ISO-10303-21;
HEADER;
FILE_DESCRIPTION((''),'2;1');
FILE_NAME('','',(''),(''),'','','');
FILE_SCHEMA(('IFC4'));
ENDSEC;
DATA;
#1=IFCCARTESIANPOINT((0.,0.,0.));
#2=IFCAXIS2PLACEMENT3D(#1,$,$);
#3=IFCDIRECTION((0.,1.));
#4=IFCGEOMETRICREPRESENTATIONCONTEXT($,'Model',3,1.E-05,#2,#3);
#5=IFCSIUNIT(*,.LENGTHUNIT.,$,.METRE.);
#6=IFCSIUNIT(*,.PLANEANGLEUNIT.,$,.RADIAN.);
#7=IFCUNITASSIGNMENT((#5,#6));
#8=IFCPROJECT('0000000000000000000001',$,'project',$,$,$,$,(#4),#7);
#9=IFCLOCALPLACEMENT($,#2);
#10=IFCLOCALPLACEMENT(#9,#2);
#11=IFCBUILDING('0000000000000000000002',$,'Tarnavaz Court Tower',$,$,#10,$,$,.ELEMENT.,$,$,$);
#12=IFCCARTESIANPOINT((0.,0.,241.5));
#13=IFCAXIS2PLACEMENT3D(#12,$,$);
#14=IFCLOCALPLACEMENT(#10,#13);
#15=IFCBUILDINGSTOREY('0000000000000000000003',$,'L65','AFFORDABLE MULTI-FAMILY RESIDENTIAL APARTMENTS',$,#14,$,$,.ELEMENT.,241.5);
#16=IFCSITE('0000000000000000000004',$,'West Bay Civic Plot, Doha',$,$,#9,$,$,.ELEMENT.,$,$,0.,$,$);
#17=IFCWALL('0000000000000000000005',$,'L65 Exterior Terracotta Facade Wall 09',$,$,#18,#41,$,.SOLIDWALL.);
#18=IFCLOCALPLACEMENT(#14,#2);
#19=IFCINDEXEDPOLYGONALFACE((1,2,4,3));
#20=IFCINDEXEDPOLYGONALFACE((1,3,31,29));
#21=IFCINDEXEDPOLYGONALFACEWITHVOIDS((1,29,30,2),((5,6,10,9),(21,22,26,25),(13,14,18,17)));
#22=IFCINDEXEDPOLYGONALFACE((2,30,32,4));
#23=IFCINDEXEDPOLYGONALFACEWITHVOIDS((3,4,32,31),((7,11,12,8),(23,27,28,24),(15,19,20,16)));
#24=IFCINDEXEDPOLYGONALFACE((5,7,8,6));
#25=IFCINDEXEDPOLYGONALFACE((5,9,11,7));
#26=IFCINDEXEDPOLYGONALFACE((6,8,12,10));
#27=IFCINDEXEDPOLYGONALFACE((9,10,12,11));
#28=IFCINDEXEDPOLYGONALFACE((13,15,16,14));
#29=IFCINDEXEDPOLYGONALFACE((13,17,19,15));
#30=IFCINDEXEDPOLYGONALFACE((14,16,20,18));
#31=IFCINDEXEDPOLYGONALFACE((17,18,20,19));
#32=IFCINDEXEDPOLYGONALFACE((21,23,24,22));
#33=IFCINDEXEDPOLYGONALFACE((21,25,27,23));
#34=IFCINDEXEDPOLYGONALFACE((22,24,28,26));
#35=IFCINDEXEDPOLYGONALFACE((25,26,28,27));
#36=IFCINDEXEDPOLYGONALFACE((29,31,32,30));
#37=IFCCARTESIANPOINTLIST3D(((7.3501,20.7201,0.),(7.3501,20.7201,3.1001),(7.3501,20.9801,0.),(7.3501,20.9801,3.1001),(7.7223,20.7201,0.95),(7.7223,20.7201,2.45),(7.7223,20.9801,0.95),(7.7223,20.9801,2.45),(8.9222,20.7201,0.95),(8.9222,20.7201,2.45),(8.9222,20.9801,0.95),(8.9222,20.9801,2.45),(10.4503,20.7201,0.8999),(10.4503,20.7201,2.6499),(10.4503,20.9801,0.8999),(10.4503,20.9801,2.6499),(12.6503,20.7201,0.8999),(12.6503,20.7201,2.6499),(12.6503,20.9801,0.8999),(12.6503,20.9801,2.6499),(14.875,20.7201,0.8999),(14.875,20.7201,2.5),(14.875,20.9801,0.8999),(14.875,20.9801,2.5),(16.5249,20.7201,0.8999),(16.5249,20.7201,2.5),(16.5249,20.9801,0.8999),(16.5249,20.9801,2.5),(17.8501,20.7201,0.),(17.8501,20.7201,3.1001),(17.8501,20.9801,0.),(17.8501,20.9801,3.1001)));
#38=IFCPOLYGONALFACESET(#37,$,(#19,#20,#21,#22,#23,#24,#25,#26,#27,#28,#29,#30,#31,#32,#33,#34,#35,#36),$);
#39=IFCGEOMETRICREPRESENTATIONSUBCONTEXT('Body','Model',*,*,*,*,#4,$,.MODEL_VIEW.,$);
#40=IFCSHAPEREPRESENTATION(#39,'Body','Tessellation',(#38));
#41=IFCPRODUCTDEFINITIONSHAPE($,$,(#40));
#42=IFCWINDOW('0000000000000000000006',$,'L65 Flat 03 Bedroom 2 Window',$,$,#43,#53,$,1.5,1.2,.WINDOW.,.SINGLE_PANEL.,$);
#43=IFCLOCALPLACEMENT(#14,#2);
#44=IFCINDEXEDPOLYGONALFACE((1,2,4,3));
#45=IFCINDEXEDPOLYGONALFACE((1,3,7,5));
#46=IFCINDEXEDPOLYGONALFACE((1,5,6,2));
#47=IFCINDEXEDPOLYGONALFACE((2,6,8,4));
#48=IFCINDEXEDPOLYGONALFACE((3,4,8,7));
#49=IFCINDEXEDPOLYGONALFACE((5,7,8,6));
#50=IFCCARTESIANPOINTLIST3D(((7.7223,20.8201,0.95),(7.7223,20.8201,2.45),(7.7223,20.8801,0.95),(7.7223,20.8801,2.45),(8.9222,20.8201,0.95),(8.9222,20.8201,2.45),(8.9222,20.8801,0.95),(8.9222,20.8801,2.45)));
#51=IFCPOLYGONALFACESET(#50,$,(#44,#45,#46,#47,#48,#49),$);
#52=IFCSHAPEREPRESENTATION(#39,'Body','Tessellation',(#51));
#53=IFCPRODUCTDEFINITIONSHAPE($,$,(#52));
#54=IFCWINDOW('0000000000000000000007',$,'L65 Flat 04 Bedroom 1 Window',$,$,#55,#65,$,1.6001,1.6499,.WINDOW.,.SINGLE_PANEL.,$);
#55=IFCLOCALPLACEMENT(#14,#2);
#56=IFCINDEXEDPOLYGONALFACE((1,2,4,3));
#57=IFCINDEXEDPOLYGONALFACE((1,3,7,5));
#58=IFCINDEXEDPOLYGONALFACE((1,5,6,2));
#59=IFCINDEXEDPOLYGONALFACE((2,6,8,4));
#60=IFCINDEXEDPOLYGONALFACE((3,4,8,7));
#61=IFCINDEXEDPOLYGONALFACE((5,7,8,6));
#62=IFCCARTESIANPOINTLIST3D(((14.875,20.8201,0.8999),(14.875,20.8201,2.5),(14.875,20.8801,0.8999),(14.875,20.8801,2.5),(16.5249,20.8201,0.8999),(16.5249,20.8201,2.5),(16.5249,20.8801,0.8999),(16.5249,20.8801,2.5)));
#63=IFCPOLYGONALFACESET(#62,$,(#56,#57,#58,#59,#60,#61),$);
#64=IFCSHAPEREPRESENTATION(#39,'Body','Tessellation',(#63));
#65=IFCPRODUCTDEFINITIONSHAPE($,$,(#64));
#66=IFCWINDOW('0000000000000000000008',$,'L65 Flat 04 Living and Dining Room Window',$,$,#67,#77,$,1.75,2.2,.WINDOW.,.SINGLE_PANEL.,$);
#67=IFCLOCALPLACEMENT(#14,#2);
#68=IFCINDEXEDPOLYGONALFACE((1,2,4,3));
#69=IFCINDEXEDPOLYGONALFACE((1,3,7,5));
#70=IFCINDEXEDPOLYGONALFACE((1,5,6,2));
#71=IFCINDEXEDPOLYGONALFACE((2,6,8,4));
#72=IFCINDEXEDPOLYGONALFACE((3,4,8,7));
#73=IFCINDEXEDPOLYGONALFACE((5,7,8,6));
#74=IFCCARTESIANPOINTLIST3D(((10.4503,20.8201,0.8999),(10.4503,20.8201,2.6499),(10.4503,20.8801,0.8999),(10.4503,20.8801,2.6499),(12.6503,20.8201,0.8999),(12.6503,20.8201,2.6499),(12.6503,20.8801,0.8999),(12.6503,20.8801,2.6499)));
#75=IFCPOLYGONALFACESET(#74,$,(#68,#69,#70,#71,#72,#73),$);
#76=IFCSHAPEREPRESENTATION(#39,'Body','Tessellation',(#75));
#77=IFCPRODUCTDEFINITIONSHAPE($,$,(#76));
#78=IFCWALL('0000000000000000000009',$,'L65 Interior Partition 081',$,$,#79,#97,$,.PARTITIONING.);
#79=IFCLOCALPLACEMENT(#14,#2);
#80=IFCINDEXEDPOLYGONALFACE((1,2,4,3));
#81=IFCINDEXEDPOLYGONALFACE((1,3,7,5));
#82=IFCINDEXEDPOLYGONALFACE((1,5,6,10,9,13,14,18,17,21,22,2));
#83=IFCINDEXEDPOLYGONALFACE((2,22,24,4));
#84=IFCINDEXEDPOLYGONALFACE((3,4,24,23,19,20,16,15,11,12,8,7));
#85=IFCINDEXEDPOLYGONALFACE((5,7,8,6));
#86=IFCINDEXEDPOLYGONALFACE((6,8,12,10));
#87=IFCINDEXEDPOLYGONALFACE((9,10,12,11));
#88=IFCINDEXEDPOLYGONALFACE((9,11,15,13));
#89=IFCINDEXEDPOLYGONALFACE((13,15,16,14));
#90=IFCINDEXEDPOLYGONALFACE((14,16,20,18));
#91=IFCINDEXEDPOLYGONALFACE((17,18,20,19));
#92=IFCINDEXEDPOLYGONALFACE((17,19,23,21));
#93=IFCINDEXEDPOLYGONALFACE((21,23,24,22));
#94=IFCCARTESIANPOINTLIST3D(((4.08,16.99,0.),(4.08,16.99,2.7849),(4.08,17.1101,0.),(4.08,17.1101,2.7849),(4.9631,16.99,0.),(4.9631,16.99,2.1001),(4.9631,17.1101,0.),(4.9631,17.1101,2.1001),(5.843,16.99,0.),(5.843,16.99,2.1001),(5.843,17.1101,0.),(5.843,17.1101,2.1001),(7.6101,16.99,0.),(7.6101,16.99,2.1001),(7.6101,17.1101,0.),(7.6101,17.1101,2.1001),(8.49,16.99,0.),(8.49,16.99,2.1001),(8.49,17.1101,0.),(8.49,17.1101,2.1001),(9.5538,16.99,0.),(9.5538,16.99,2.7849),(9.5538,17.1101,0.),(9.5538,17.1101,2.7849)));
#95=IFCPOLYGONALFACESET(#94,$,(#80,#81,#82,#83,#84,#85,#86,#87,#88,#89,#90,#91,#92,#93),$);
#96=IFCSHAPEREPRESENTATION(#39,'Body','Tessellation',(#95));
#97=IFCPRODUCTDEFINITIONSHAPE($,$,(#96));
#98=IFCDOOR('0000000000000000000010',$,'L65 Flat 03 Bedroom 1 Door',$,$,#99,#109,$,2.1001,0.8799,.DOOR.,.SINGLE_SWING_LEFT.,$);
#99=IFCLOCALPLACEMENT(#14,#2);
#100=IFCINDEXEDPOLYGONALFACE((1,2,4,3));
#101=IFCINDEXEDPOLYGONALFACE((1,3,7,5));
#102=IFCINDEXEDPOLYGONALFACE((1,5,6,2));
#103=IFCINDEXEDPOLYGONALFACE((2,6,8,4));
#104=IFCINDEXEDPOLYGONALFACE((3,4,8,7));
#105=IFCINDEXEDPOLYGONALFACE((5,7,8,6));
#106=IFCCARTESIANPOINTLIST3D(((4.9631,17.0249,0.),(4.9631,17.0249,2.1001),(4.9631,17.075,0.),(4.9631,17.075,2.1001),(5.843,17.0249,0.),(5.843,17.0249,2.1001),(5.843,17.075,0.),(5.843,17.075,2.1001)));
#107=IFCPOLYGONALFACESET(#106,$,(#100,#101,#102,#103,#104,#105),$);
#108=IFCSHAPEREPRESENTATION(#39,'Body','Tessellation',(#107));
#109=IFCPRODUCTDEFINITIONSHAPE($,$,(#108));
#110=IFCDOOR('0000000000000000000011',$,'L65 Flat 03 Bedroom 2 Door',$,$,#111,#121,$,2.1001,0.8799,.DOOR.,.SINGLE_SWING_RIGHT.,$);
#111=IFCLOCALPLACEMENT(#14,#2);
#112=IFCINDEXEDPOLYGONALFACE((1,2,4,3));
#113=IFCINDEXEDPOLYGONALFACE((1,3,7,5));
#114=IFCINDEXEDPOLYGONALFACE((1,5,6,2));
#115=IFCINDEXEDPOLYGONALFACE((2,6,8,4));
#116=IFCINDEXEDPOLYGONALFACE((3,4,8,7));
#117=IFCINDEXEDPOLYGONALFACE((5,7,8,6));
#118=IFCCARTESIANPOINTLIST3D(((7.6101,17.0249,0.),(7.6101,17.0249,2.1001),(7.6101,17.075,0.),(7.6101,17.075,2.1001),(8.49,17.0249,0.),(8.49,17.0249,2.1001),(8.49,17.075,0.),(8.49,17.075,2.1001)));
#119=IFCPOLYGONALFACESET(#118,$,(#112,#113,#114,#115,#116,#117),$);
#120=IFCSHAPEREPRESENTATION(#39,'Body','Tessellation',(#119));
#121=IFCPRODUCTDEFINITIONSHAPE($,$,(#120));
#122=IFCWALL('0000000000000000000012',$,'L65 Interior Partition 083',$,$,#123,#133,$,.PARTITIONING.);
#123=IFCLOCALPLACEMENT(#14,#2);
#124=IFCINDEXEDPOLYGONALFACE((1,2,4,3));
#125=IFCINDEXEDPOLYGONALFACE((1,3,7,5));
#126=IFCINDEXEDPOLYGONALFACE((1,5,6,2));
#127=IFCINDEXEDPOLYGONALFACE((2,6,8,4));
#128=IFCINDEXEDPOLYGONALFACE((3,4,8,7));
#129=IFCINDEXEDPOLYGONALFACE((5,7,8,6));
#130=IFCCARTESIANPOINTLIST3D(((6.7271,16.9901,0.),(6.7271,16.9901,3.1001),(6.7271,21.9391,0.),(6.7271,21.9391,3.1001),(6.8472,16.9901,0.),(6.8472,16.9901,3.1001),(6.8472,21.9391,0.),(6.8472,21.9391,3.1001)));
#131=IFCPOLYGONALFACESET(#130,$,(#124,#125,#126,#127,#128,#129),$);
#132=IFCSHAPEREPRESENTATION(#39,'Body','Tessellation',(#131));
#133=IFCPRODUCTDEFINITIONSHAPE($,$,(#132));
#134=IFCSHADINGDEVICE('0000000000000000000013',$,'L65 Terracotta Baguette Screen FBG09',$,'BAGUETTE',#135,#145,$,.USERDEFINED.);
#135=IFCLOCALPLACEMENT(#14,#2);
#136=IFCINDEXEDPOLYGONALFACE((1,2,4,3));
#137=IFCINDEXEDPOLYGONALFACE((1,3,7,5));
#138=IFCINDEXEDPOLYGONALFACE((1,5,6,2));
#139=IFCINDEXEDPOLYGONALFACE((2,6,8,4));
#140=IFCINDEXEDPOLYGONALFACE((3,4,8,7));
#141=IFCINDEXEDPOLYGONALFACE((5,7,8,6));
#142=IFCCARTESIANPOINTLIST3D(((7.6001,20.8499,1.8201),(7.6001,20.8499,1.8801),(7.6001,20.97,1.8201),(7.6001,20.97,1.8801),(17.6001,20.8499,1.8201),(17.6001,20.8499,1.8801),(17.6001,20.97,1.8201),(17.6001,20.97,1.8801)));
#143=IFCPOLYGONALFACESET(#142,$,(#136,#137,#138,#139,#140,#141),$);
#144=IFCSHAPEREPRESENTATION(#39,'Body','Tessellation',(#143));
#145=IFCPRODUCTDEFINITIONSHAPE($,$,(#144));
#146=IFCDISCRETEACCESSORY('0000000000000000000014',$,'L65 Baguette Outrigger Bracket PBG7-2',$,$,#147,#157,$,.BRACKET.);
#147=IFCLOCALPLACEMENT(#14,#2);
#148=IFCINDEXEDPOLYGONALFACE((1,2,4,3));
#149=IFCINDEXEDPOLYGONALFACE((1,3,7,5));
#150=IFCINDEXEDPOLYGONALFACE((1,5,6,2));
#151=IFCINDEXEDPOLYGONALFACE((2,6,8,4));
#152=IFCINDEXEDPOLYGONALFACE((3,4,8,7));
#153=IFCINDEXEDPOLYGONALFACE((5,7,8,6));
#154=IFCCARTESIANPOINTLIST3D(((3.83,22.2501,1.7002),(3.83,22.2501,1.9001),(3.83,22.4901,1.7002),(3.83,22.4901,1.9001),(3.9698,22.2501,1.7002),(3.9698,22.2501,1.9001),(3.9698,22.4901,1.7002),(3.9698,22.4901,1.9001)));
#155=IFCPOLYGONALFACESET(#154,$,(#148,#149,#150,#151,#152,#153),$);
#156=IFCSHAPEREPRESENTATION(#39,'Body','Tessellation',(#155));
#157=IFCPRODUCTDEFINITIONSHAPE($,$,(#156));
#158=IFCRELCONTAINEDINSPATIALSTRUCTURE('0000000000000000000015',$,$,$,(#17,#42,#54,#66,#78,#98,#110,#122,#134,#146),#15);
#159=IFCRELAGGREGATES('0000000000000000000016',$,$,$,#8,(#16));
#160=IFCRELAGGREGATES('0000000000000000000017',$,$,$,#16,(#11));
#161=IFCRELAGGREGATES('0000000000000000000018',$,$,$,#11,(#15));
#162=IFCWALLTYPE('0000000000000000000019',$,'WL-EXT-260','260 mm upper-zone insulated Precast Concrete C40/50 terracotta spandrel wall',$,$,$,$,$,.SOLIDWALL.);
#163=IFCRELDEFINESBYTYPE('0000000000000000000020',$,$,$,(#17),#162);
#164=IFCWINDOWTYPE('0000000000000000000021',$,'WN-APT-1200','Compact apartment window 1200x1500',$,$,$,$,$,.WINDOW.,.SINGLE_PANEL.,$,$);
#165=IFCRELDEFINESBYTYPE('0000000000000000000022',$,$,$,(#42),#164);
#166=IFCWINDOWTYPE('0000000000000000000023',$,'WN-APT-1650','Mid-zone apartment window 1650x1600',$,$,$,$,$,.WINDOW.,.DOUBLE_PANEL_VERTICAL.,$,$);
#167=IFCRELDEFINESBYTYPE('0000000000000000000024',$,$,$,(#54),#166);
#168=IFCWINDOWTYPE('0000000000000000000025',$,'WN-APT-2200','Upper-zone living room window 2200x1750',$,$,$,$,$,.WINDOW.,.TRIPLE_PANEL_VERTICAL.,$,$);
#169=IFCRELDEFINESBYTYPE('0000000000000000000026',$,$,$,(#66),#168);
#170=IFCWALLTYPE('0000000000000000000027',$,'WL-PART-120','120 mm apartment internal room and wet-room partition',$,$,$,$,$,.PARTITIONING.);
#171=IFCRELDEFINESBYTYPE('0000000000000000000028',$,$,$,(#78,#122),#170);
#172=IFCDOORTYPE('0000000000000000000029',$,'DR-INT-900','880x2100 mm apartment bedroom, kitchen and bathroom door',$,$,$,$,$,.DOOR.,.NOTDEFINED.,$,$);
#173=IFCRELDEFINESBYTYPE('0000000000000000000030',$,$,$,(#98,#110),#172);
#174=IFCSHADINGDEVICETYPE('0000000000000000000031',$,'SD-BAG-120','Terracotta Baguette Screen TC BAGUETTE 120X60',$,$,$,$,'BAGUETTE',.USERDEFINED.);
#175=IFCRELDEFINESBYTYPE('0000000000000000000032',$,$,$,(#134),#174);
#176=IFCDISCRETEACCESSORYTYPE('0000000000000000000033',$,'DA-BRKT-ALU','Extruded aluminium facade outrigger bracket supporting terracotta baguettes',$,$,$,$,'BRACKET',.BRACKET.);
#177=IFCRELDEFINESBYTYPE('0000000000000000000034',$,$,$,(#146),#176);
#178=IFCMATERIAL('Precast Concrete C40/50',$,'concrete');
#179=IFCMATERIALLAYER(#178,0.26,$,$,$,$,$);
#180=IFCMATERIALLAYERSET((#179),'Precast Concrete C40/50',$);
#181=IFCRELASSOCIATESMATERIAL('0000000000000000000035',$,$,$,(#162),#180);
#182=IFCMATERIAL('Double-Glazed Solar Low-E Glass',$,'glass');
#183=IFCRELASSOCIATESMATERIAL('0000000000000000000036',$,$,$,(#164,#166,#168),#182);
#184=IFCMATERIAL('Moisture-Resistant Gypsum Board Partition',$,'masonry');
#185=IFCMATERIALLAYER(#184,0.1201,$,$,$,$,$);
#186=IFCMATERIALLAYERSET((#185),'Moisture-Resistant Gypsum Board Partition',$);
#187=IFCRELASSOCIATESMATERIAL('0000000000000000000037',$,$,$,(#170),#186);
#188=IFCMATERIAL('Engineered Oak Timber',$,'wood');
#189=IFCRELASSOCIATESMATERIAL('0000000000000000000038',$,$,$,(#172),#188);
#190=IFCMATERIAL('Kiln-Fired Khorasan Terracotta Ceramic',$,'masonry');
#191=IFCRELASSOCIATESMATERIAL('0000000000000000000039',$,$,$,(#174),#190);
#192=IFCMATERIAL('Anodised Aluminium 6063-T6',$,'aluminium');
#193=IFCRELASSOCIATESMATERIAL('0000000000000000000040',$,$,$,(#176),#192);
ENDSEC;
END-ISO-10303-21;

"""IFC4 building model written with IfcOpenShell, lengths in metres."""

from ifc_helpers import new_model, si_unit, direction, frame, frame_2d, origin, origin_2d, place, context, subcontext, project, spatial, rectangle, extrude, material, layer, layer_set, material_profile, profile_set, type_object, element, fill, save


model = new_model("IFC4")

# Units and contexts
model_context = context("Model", 3, precision=1e-05, world=origin(), true_north=direction((0.0, 1.0)))
body_context = subcontext(model_context, "Body", "Model", "MODEL_VIEW")
ifc_project = project(units=[si_unit("LENGTHUNIT", "METRE"), si_unit("PLANEANGLEUNIT", "RADIAN")], contexts=[model_context])

# Site, building, storey
site_placement = place(None, origin())
site = spatial("IfcSite", under=ifc_project, at=site_placement, Name="West Bay Civic Plot, Doha", CompositionType="ELEMENT", RefElevation=0.0)
building_placement = place(site_placement, origin())
building = spatial("IfcBuilding", under=site, at=building_placement, Name="Tarnavaz Court Tower", CompositionType="ELEMENT")
storey_placement = place(building_placement, frame((0.0, 0.0, 241.5)))
storey = spatial("IfcBuildingStorey", under=building, at=storey_placement, Name="L65", Description="AFFORDABLE MULTI-FAMILY RESIDENTIAL APARTMENTS", CompositionType="ELEMENT", Elevation=241.5)

# Shared definitions
ifc_material_1 = material(Name="Anodised Aluminium 6063-T6", Category="aluminium")
ifc_material_2 = material(Name="Double-Glazed Solar Low-E Glass", Category="glass")

# Shared definitions
ifc_material_3 = material(Name="Precast Concrete C40/50", Category="concrete")
ifc_layer_1 = layer(ifc_material_3, 0.26)
ifc_layer_set_1 = layer_set([ifc_layer_1], Name="Precast Concrete C40/50")
wall_type_1 = type_object("IfcWallType", Name="WL-EXT-260", Description="260 mm upper-zone insulated Precast Concrete C40/50 terracotta spandrel wall", PredefinedType="SOLIDWALL", material=ifc_layer_set_1)

# Wall, openings, windows
wall_1_placement = place(storey_placement, frame((7.3501, 20.8501, 0.0), z_axis=(0.0, 0.0, 1.0), x_axis=(1.0, 0.0, 0.0)))
wall_1 = element("IfcWall", 1, at=wall_1_placement, inside=storey, type_object=wall_type_1, Name="L65 Exterior Terracotta Facade Wall 09", PredefinedType="SOLIDWALL", context=body_context, shape_type="SweptSolid", body=[
    extrude(rectangle(XDim=10.5, YDim=0.26, at=frame_2d((5.25, 0.0))), origin(), (0.0, 0.0, 1.0), 3.1001),
])
opening_1_placement = place(wall_1_placement, frame((0.3721, 0.0, 0.95)))
opening_1 = element("IfcOpeningElement", 2, at=opening_1_placement, cuts=wall_1, PredefinedType="OPENING", context=body_context, shape_type="SweptSolid", body=[
    extrude(rectangle(XDim=1.2, YDim=1.5, at=frame_2d((0.6001, 0.75))), frame((0.0, 0.1399, 0.0), z_axis=(0.0, -1.0, 0.0), x_axis=(1.0, 0.0, 0.0)), (0.0, 0.0, 1.0), 0.28),
])
opening_2_placement = place(wall_1_placement, frame((3.1001, 0.0, 0.8999)))
opening_2 = element("IfcOpeningElement", 3, at=opening_2_placement, cuts=wall_1, PredefinedType="OPENING", context=body_context, shape_type="SweptSolid", body=[
    extrude(rectangle(XDim=2.2, YDim=1.75, at=frame_2d((1.1001, 0.875))), frame((0.0, 0.1399, 0.0), z_axis=(0.0, -1.0, 0.0), x_axis=(1.0, 0.0, 0.0)), (0.0, 0.0, 1.0), 0.28),
])
opening_3_placement = place(wall_1_placement, frame((7.5249, 0.0, 0.8999)))
opening_3 = element("IfcOpeningElement", 4, at=opening_3_placement, cuts=wall_1, PredefinedType="OPENING", context=body_context, shape_type="SweptSolid", body=[
    extrude(rectangle(XDim=1.6499, YDim=1.6001, at=frame_2d((0.825, 0.8))), frame((0.0, 0.1399, 0.0), z_axis=(0.0, -1.0, 0.0), x_axis=(1.0, 0.0, 0.0)), (0.0, 0.0, 1.0), 0.28),
])
window_type_1 = type_object("IfcWindowType", Name="WN-APT-1200", Description="Compact apartment window 1200x1500", PartitioningType="SINGLE_PANEL", PredefinedType="WINDOW", material=ifc_material_2)
window_1_placement = place(opening_1_placement, origin())
window_1 = element("IfcWindow", 5, at=window_1_placement, inside=storey, type_object=window_type_1, Name="L65 Flat 03 Bedroom 2 Window", OverallHeight=1.5, OverallWidth=1.2, PartitioningType="SINGLE_PANEL", PredefinedType="WINDOW", context=body_context, shape_type="SweptSolid", body=[
    extrude(rectangle(XDim=1.2, YDim=1.5, at=frame_2d((0.6001, 0.75))), frame((0.0, 0.03, 0.0), z_axis=(0.0, -1.0, 0.0), x_axis=(1.0, 0.0, 0.0)), (0.0, 0.0, 1.0), 0.0601),
])
fill(opening_1, window_1)
window_type_2 = type_object("IfcWindowType", Name="WN-APT-1650", Description="Mid-zone apartment window 1650x1600", PartitioningType="DOUBLE_PANEL_VERTICAL", PredefinedType="WINDOW", material=ifc_material_2)
window_2_placement = place(opening_3_placement, origin())
window_2 = element("IfcWindow", 6, at=window_2_placement, inside=storey, type_object=window_type_2, Name="L65 Flat 04 Bedroom 1 Window", OverallHeight=1.6001, OverallWidth=1.6499, PartitioningType="SINGLE_PANEL", PredefinedType="WINDOW", context=body_context, shape_type="SweptSolid", body=[
    extrude(rectangle(XDim=1.6499, YDim=1.6001, at=frame_2d((0.825, 0.8))), frame((0.0, 0.03, 0.0), z_axis=(0.0, -1.0, 0.0), x_axis=(1.0, 0.0, 0.0)), (0.0, 0.0, 1.0), 0.0601),
])
fill(opening_3, window_2)
window_type_3 = type_object("IfcWindowType", Name="WN-APT-2200", Description="Upper-zone living room window 2200x1750", PartitioningType="TRIPLE_PANEL_VERTICAL", PredefinedType="WINDOW", material=ifc_material_2)
window_3_placement = place(opening_2_placement, origin())
window_3 = element("IfcWindow", 7, at=window_3_placement, inside=storey, type_object=window_type_3, Name="L65 Flat 04 Living and Dining Room Window", OverallHeight=1.75, OverallWidth=2.2, PartitioningType="SINGLE_PANEL", PredefinedType="WINDOW", context=body_context, shape_type="SweptSolid", body=[
    extrude(rectangle(XDim=2.2, YDim=1.75, at=frame_2d((1.1001, 0.875))), frame((0.0, 0.03, 0.0), z_axis=(0.0, -1.0, 0.0), x_axis=(1.0, 0.0, 0.0)), (0.0, 0.0, 1.0), 0.0601),
])
fill(opening_2, window_3)

# Wall, openings, doors
ifc_material_4 = material(Name="Moisture-Resistant Gypsum Board Partition", Category="masonry")
ifc_layer_2 = layer(ifc_material_4, 0.1201)
ifc_layer_set_2 = layer_set([ifc_layer_2], Name="Moisture-Resistant Gypsum Board Partition")
wall_type_2 = type_object("IfcWallType", Name="WL-PART-120", Description="120 mm apartment internal room and wet-room partition", PredefinedType="PARTITIONING", material=ifc_layer_set_2)
wall_2_placement = place(storey_placement, frame((4.0801, 17.05, 0.0), z_axis=(0.0, 0.0, 1.0), x_axis=(1.0, 0.0, 0.0)))
wall_2 = element("IfcWall", 8, at=wall_2_placement, inside=storey, type_object=wall_type_2, Name="L65 Interior Partition 081", PredefinedType="PARTITIONING", context=body_context, shape_type="SweptSolid", body=[
    extrude(rectangle(XDim=5.4739, YDim=0.1201, at=frame_2d((2.7368, 0.0))), origin(), (0.0, 0.0, 1.0), 2.7849),
])
opening_4_placement = place(wall_2_placement, frame((0.8831, 0.0, 0.0)))
opening_4 = element("IfcOpeningElement", 9, at=opening_4_placement, cuts=wall_2, PredefinedType="OPENING", context=body_context, shape_type="SweptSolid", body=[
    extrude(rectangle(XDim=0.8799, YDim=2.1001, at=frame_2d((0.4399, 1.05))), frame((0.0, 0.0701, 0.0), z_axis=(0.0, -1.0, 0.0), x_axis=(1.0, 0.0, 0.0)), (0.0, 0.0, 1.0), 0.1401),
])
opening_5_placement = place(wall_2_placement, frame((3.53, 0.0, 0.0)))
opening_5 = element("IfcOpeningElement", 10, at=opening_5_placement, cuts=wall_2, PredefinedType="OPENING", context=body_context, shape_type="SweptSolid", body=[
    extrude(rectangle(XDim=0.8799, YDim=2.1001, at=frame_2d((0.4399, 1.05))), frame((0.0, 0.0701, 0.0), z_axis=(0.0, -1.0, 0.0), x_axis=(1.0, 0.0, 0.0)), (0.0, 0.0, 1.0), 0.1401),
])
ifc_material_5 = material(Name="Engineered Oak Timber", Category="wood")
door_type = type_object("IfcDoorType", Name="DR-INT-900", Description="880x2100 mm apartment bedroom, kitchen and bathroom door", OperationType="NOTDEFINED", PredefinedType="DOOR", material=ifc_material_5)
door_1_placement = place(opening_4_placement, origin())
door_1 = element("IfcDoor", 11, at=door_1_placement, inside=storey, type_object=door_type, Name="L65 Flat 03 Bedroom 1 Door", OperationType="SINGLE_SWING_LEFT", OverallHeight=2.1001, OverallWidth=0.8799, PredefinedType="DOOR", context=body_context, shape_type="SweptSolid", body=[
    extrude(rectangle(XDim=0.8799, YDim=2.1001, at=frame_2d((0.4399, 1.05))), frame((0.0, 0.0249, 0.0), z_axis=(0.0, -1.0, 0.0), x_axis=(1.0, 0.0, 0.0)), (0.0, 0.0, 1.0), 0.05),
])
fill(opening_4, door_1)
door_2_placement = place(opening_5_placement, origin())
door_2 = element("IfcDoor", 12, at=door_2_placement, inside=storey, type_object=door_type, Name="L65 Flat 03 Bedroom 2 Door", OperationType="SINGLE_SWING_RIGHT", OverallHeight=2.1001, OverallWidth=0.8799, PredefinedType="DOOR", context=body_context, shape_type="SweptSolid", body=[
    extrude(rectangle(XDim=0.8799, YDim=2.1001, at=frame_2d((0.4399, 1.05))), frame((0.0, 0.0249, 0.0), z_axis=(0.0, -1.0, 0.0), x_axis=(1.0, 0.0, 0.0)), (0.0, 0.0, 1.0), 0.05),
])
fill(opening_5, door_2)

# Wall
wall_3_placement = place(storey_placement, frame((6.7871, 16.99, 0.0), z_axis=(0.0, 0.0, 1.0), x_axis=(0.0, 1.0, 0.0)))
element("IfcWall", 13, at=wall_3_placement, inside=storey, type_object=wall_type_2, Name="L65 Interior Partition 083", PredefinedType="PARTITIONING", context=body_context, shape_type="SweptSolid", body=[
    extrude(rectangle(XDim=4.949, YDim=0.1201, at=frame_2d((2.4746, 0.0))), origin(), (0.0, 0.0, 1.0), 3.1001),
])

# Shading device
ifc_material_6 = material(Name="Kiln-Fired Khorasan Terracotta Ceramic", Category="masonry")
ifc_material_profile_1 = material_profile(ifc_material_6, rectangle(XDim=0.1201, YDim=0.0601, at=origin_2d()), Name="TC BAGUETTE 120X60")
ifc_profile_set_1 = profile_set([ifc_material_profile_1], Name="Kiln-Fired Khorasan Terracotta Ceramic")
shading_device_type = type_object("IfcShadingDeviceType", Name="SD-BAG-120", Description="Terracotta Baguette Screen TC BAGUETTE 120X60", ElementType="BAGUETTE", PredefinedType="USERDEFINED", material=ifc_profile_set_1)
shading_device_placement = place(storey_placement, frame((7.6001, 20.9099, 1.8501), z_axis=(1.0, 0.0, 0.0), x_axis=(0.0, 1.0, 0.0)))
element("IfcShadingDevice", 14, at=shading_device_placement, inside=storey, type_object=shading_device_type, Name="L65 Terracotta Baguette Screen FBG09", ObjectType="BAGUETTE", PredefinedType="USERDEFINED", context=body_context, shape_type="SweptSolid", body=[
    extrude(rectangle(XDim=0.1201, YDim=0.0601, at=origin_2d()), origin(), (0.0, 0.0, 1.0), 10.0),
])

# Discrete accessory
discrete_accessory_type = type_object("IfcDiscreteAccessoryType", Name="DA-BRKT-ALU", Description="Extruded aluminium facade outrigger bracket supporting terracotta baguettes", ElementType="BRACKET", PredefinedType="BRACKET", material=ifc_material_1)
for number, where, z_axis, x_axis, name in (
    (15, (3.8999, 22.3701, 1.7002), (0.0, 0.0, 1.0), (1.0, 0.0, 0.0), "L65 Baguette Outrigger Bracket PBG7-2"),
):
    element("IfcDiscreteAccessory", number, at=place(storey_placement, frame(where, z_axis=z_axis, x_axis=x_axis)), inside=storey, type_object=discrete_accessory_type, Name=name, PredefinedType="BRACKET", context=body_context, shape_type="SweptSolid", body=[
        extrude(rectangle(XDim=0.1399, YDim=0.24, at=origin_2d()), origin(), (0.0, 0.0, 1.0), 0.2),
    ])

save(model, "model.ifc")
